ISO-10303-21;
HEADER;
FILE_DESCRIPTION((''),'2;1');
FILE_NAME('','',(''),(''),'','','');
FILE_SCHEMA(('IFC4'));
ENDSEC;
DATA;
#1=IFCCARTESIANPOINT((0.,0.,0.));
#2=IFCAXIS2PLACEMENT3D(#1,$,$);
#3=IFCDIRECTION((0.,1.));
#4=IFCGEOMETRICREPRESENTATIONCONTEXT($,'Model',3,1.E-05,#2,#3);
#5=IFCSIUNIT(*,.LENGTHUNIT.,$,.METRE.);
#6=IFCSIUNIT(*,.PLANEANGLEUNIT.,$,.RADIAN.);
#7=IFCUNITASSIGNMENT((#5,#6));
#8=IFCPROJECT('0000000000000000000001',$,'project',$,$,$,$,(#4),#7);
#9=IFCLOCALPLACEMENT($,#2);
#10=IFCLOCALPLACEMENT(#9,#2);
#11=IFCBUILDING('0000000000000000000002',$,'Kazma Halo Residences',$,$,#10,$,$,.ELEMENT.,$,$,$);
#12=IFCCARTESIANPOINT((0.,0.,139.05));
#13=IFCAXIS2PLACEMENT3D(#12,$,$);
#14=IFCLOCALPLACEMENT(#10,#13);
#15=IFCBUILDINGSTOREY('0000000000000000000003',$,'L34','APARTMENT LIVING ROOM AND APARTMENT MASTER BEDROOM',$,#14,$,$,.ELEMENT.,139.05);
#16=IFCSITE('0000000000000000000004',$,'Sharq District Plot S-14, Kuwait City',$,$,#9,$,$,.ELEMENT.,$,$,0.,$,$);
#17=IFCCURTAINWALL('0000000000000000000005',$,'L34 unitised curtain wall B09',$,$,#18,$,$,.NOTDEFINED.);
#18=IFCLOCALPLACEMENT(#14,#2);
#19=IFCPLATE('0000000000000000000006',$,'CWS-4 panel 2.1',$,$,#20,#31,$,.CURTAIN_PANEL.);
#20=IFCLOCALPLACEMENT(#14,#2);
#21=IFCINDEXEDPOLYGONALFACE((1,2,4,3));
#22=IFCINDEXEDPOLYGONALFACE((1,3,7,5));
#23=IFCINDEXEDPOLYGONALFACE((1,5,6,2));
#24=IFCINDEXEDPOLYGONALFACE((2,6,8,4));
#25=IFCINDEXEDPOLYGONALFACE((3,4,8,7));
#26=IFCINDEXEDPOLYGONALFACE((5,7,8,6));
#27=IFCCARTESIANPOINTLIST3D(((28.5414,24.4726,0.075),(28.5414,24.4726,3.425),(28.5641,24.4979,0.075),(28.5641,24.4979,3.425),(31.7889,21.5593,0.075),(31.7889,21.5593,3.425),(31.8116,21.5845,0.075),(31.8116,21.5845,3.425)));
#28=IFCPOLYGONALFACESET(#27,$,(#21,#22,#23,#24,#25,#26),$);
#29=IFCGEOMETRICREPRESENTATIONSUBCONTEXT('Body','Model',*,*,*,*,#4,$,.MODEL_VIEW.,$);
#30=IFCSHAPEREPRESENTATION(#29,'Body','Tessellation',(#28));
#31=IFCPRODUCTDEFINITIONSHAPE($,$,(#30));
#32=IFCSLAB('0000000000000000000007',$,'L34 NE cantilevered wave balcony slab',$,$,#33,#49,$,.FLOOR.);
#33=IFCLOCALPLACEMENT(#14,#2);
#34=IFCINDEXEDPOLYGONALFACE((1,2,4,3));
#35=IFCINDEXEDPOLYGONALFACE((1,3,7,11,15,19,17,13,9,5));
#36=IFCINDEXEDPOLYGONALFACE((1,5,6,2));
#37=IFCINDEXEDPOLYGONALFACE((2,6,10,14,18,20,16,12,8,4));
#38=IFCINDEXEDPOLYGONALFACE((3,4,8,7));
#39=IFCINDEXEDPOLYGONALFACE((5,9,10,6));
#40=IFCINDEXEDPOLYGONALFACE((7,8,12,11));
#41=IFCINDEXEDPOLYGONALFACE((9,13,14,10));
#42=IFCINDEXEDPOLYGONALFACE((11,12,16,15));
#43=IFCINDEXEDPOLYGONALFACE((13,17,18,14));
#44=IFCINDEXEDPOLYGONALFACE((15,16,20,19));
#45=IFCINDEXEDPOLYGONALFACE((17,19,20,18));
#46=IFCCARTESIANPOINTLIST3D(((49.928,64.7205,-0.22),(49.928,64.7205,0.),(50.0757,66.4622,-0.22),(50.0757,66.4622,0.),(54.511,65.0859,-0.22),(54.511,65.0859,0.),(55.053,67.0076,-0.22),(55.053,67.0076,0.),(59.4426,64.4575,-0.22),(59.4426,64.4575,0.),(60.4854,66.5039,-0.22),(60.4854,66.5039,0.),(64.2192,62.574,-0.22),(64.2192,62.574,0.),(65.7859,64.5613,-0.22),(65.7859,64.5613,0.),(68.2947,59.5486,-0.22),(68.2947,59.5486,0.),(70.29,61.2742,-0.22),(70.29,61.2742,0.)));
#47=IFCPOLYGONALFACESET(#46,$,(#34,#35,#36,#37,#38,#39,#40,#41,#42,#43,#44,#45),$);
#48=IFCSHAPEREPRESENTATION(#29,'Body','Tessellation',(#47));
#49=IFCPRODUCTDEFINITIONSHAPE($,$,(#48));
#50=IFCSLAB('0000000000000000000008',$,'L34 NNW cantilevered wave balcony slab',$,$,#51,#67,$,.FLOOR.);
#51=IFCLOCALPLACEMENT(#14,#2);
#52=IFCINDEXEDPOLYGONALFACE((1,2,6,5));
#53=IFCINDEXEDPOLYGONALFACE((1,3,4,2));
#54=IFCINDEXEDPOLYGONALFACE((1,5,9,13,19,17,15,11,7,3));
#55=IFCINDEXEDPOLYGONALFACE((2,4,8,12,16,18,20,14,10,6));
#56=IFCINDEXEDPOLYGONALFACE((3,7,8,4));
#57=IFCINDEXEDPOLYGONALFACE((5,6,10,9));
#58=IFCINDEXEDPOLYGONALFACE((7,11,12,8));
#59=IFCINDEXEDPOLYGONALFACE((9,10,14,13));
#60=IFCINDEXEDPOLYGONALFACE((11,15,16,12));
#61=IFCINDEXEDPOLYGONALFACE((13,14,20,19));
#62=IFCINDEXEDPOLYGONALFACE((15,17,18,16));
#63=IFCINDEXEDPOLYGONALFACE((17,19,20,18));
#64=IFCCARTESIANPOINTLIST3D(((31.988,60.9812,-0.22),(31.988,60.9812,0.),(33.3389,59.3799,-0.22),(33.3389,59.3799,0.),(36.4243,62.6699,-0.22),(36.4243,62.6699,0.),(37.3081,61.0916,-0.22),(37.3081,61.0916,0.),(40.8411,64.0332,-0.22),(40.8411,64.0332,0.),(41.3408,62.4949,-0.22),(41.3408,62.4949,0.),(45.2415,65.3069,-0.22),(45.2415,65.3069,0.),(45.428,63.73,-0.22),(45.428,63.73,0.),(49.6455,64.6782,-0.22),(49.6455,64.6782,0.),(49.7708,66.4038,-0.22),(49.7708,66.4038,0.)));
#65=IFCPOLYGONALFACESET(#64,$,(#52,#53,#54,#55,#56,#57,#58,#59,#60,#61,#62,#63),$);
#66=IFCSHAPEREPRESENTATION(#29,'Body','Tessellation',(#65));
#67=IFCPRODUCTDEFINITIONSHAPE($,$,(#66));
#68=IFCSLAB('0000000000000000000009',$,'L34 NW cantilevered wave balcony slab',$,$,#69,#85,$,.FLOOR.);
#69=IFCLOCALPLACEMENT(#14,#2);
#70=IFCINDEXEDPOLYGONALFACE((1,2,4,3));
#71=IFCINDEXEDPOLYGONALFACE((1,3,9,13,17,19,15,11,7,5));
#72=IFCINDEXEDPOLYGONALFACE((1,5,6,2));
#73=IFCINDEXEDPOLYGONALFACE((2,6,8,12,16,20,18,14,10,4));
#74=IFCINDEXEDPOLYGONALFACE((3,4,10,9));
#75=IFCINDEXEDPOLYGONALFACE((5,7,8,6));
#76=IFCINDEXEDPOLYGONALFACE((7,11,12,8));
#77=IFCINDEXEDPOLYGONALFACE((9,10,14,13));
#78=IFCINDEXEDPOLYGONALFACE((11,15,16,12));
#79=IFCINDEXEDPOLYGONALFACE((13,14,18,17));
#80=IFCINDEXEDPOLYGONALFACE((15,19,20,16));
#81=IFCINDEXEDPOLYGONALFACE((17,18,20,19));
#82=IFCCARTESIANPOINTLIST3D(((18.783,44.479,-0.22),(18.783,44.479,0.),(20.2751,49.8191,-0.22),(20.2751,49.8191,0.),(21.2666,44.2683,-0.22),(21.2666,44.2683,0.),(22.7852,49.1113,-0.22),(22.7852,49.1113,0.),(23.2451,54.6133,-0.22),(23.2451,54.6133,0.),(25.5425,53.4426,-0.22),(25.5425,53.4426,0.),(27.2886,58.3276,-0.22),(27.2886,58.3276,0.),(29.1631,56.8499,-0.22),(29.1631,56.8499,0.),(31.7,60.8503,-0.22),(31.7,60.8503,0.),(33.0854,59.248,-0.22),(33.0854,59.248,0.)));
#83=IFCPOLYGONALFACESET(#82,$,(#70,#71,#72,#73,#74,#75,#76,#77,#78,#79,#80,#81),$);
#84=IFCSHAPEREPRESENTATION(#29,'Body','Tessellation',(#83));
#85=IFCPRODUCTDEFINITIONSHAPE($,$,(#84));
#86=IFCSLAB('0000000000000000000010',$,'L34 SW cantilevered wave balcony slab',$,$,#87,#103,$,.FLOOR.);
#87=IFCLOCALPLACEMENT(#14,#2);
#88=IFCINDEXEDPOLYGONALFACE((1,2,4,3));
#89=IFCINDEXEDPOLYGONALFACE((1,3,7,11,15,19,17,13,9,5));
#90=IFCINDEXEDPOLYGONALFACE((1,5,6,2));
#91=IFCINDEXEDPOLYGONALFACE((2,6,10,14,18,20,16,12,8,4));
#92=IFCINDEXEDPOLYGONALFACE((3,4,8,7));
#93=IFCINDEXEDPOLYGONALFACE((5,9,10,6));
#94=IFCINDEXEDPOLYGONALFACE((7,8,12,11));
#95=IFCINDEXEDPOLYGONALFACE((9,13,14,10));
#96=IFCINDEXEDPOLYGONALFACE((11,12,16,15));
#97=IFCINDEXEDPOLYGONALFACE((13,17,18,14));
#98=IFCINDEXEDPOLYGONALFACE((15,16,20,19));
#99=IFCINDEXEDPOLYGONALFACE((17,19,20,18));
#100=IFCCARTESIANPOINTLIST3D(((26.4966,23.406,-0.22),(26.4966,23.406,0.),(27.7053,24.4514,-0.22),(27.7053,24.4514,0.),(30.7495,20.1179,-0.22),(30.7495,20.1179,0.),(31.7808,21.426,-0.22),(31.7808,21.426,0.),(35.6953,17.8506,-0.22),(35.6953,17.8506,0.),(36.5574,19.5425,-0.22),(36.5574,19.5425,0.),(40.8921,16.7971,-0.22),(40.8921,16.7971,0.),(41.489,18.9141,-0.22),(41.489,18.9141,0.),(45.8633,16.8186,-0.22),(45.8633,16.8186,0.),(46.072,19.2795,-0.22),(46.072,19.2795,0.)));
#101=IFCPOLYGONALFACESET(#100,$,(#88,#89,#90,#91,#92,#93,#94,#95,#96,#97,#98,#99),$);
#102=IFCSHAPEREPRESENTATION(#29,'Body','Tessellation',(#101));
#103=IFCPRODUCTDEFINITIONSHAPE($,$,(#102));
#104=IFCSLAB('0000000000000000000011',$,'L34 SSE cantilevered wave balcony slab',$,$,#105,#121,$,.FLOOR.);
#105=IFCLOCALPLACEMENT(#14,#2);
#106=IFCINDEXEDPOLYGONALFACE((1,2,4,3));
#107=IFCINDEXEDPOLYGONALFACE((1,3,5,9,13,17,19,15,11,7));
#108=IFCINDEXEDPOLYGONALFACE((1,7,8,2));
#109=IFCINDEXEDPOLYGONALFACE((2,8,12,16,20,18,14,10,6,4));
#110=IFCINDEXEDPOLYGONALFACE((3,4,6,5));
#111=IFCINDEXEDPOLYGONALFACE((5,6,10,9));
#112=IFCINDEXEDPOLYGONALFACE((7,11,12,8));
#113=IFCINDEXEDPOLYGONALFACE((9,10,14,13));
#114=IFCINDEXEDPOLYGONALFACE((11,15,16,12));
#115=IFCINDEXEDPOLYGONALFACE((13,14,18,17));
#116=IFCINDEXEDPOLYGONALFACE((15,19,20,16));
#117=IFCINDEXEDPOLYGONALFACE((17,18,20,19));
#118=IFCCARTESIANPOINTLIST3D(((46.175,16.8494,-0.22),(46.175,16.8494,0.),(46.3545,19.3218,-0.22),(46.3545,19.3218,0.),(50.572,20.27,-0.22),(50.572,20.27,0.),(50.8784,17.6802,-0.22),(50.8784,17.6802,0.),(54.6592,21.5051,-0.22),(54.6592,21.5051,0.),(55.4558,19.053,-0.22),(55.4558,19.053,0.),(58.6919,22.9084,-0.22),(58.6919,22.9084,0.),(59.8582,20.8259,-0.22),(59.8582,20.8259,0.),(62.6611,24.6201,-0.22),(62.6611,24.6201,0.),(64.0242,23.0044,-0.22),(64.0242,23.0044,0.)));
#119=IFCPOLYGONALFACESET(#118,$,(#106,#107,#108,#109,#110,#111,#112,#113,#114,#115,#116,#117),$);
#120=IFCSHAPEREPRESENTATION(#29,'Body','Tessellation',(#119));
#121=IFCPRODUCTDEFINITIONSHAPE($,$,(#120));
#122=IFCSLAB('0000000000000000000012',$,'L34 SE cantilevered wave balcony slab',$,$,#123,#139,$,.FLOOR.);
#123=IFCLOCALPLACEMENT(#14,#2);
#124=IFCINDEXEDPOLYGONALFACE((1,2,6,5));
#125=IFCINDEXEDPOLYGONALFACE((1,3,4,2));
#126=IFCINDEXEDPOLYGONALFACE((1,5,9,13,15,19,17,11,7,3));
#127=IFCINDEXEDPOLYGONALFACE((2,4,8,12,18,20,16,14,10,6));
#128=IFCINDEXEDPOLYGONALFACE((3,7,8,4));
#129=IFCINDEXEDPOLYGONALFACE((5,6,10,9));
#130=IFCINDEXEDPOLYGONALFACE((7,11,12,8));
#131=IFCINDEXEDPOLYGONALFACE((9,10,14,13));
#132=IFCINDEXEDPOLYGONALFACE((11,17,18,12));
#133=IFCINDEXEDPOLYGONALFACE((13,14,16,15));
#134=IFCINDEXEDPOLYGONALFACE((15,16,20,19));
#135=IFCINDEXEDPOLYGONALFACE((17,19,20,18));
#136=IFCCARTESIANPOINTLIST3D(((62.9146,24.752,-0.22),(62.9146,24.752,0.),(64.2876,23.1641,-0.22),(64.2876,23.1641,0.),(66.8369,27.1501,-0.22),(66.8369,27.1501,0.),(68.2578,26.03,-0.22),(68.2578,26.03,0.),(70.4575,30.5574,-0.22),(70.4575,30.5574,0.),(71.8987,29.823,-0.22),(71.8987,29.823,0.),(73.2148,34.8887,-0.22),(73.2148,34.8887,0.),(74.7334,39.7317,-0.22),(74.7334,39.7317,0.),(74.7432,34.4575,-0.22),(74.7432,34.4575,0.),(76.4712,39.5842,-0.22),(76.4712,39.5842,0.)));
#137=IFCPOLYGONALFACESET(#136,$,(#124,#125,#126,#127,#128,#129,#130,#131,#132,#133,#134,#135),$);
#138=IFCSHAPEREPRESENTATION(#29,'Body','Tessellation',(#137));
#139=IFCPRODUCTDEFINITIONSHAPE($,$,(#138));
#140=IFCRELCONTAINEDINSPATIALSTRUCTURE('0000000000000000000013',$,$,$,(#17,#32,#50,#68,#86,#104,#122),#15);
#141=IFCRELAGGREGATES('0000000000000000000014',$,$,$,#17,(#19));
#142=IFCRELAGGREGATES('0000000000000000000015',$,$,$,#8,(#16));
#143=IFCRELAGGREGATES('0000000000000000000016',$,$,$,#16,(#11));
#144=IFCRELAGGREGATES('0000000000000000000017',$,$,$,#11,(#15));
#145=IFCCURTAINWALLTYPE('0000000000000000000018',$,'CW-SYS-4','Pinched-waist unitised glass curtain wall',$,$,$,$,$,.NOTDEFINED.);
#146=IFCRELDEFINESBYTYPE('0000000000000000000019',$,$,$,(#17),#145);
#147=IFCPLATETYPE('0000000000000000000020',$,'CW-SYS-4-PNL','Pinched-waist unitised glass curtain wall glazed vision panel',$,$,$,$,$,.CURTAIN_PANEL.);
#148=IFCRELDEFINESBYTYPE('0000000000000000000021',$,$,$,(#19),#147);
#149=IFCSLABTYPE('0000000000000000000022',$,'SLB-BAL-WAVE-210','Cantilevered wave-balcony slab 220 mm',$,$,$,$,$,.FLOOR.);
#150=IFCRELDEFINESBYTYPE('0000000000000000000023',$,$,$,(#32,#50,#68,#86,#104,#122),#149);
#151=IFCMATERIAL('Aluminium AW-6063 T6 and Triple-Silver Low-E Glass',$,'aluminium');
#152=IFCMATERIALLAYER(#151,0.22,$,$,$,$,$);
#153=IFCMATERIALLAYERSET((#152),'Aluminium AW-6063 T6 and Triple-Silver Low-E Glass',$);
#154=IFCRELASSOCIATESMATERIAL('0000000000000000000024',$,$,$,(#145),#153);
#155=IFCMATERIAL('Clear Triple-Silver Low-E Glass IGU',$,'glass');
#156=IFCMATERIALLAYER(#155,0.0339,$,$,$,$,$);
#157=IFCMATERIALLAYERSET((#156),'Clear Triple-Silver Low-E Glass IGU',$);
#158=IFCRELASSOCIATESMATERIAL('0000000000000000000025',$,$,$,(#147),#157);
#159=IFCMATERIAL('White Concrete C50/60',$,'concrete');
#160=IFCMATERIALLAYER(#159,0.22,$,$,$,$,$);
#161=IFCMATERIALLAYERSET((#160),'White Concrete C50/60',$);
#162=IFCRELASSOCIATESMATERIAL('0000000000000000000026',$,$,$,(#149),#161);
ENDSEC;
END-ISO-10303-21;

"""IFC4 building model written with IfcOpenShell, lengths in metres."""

from ifc_helpers import new_model, si_unit, direction, frame, origin, origin_2d, place, context, subcontext, project, spatial, polyline, rectangle, outline, extrude, material, layer, layer_set, type_object, element, aggregate, save


model = new_model("IFC4")

# Units and contexts
model_context = context("Model", 3, precision=1e-05, world=origin(), true_north=direction((0.0, 1.0)))
body_context = subcontext(model_context, "Body", "Model", "MODEL_VIEW")
ifc_project = project(units=[si_unit("LENGTHUNIT", "METRE"), si_unit("PLANEANGLEUNIT", "RADIAN")], contexts=[model_context])

# Site, building, storey
site_placement = place(None, origin())
site = spatial("IfcSite", under=ifc_project, at=site_placement, Name="Sharq District Plot S-14, Kuwait City", CompositionType="ELEMENT", RefElevation=0.0)
building_placement = place(site_placement, origin())
building = spatial("IfcBuilding", under=site, at=building_placement, Name="Kazma Halo Residences", CompositionType="ELEMENT")
storey_placement = place(building_placement, frame((0.0, 0.0, 139.05)))
storey = spatial("IfcBuildingStorey", under=building, at=storey_placement, Name="L34", Description="APARTMENT LIVING ROOM AND APARTMENT MASTER BEDROOM", CompositionType="ELEMENT", Elevation=139.05)

# Curtain wall, plate
ifc_material_1 = material(Name="Aluminium AW-6063 T6 and Triple-Silver Low-E Glass", Category="aluminium")
ifc_layer_1 = layer(ifc_material_1, 0.22)
ifc_layer_set_1 = layer_set([ifc_layer_1], Name="Aluminium AW-6063 T6 and Triple-Silver Low-E Glass")
curtain_wall_type = type_object("IfcCurtainWallType", Name="CW-SYS-4", Description="Pinched-waist unitised glass curtain wall", PredefinedType="NOTDEFINED", material=ifc_layer_set_1)
curtain_wall_placement = place(storey_placement, origin())
curtain_wall = element("IfcCurtainWall", 1, at=curtain_wall_placement, inside=storey, type_object=curtain_wall_type, Name="L34 unitised curtain wall B09", PredefinedType="NOTDEFINED")
ifc_material_2 = material(Name="Clear Triple-Silver Low-E Glass IGU", Category="glass")
ifc_layer_2 = layer(ifc_material_2, 0.0339)
ifc_layer_set_2 = layer_set([ifc_layer_2], Name="Clear Triple-Silver Low-E Glass IGU")
plate_type = type_object("IfcPlateType", Name="CW-SYS-4-PNL", Description="Pinched-waist unitised glass curtain wall glazed vision panel", PredefinedType="CURTAIN_PANEL", material=ifc_layer_set_2)
plate_1_placement = place(storey_placement, frame((30.1765, 23.0286, 0.075), z_axis=(0.0, 0.0, 1.0), x_axis=(0.744368, -0.66777, 0.0)))
plate_1 = element("IfcPlate", 2, at=plate_1_placement, type_object=plate_type, Name="CWS-4 panel 2.1", PredefinedType="CURTAIN_PANEL", context=body_context, shape_type="SweptSolid", body=[
    extrude(rectangle(XDim=4.3628, YDim=0.0339, at=origin_2d()), origin(), (0.0, 0.0, 1.0), 3.3501),
])
aggregate(curtain_wall, [plate_1])

# Slabs
ifc_material_3 = material(Name="White Concrete C50/60", Category="concrete")
ifc_layer_3 = layer(ifc_material_3, 0.22)
ifc_layer_set_3 = layer_set([ifc_layer_3], Name="White Concrete C50/60")
slab_type_1 = type_object("IfcSlabType", Name="SLB-BAL-WAVE-210", Description="Cantilevered wave-balcony slab 220 mm", PredefinedType="FLOOR", material=ifc_layer_set_3)
slab_1_placement = place(storey_placement, frame((0.0, 0.0, -0.22)))
element("IfcSlab", 3, at=slab_1_placement, inside=storey, type_object=slab_type_1, Name="L34 NE cantilevered wave balcony slab", PredefinedType="FLOOR", context=body_context, shape_type="SweptSolid", body=[
    extrude(outline(polyline([(68.2947, 59.5486), (64.2192, 62.574), (59.4426, 64.4575), (54.511, 65.0859), (49.928, 64.7205), (50.0757, 66.4622), (55.053, 67.0076), (60.4854, 66.5039), (65.7859, 64.5613), (70.29, 61.2742), (68.2947, 59.5486)])), origin(), (0.0, 0.0, 1.0), 0.22),
])
slab_2_placement = place(storey_placement, frame((0.0, 0.0, -0.22)))
element("IfcSlab", 4, at=slab_2_placement, inside=storey, type_object=slab_type_1, Name="L34 NNW cantilevered wave balcony slab", PredefinedType="FLOOR", context=body_context, shape_type="SweptSolid", body=[
    extrude(outline(polyline([(49.6455, 64.6782), (45.428, 63.73), (41.3408, 62.4949), (37.3081, 61.0916), (33.3389, 59.3799), (31.988, 60.9812), (36.4243, 62.6699), (40.8411, 64.0332), (45.2415, 65.3069), (49.7708, 66.4038), (49.6455, 64.6782)])), origin(), (0.0, 0.0, 1.0), 0.22),
])
slab_3_placement = place(storey_placement, frame((0.0, 0.0, -0.22)))
element("IfcSlab", 5, at=slab_3_placement, inside=storey, type_object=slab_type_1, Name="L34 NW cantilevered wave balcony slab", PredefinedType="FLOOR", context=body_context, shape_type="SweptSolid", body=[
    extrude(outline(polyline([(33.0854, 59.248), (29.1631, 56.8499), (25.5425, 53.4426), (22.7852, 49.1113), (21.2666, 44.2683), (18.783, 44.479), (20.2751, 49.8191), (23.2451, 54.6133), (27.2886, 58.3276), (31.7, 60.8503), (33.0854, 59.248)])), origin(), (0.0, 0.0, 1.0), 0.22),
])
slab_4_placement = place(storey_placement, frame((0.0, 0.0, -0.22)))
element("IfcSlab", 6, at=slab_4_placement, inside=storey, type_object=slab_type_1, Name="L34 SW cantilevered wave balcony slab", PredefinedType="FLOOR", context=body_context, shape_type="SweptSolid", body=[
    extrude(outline(polyline([(27.7053, 24.4514), (31.7808, 21.426), (36.5574, 19.5425), (41.489, 18.9141), (46.072, 19.2795), (45.8633, 16.8186), (40.8921, 16.7971), (35.6953, 17.8506), (30.7495, 20.1179), (26.4966, 23.406), (27.7053, 24.4514)])), origin(), (0.0, 0.0, 1.0), 0.22),
])
slab_5_placement = place(storey_placement, frame((0.0, 0.0, -0.22)))
element("IfcSlab", 7, at=slab_5_placement, inside=storey, type_object=slab_type_1, Name="L34 SSE cantilevered wave balcony slab", PredefinedType="FLOOR", context=body_context, shape_type="SweptSolid", body=[
    extrude(outline(polyline([(46.3545, 19.3218), (50.572, 20.27), (54.6592, 21.5051), (58.6919, 22.9084), (62.6611, 24.6201), (64.0242, 23.0044), (59.8582, 20.8259), (55.4558, 19.053), (50.8784, 17.6802), (46.175, 16.8494), (46.3545, 19.3218)])), origin(), (0.0, 0.0, 1.0), 0.22),
])
slab_6_placement = place(storey_placement, frame((0.0, 0.0, -0.22)))
element("IfcSlab", 8, at=slab_6_placement, inside=storey, type_object=slab_type_1, Name="L34 SE cantilevered wave balcony slab", PredefinedType="FLOOR", context=body_context, shape_type="SweptSolid", body=[
    extrude(outline(polyline([(62.9146, 24.752), (66.8369, 27.1501), (70.4575, 30.5574), (73.2148, 34.8887), (74.7334, 39.7317), (76.4712, 39.5842), (74.7432, 34.4575), (71.8987, 29.823), (68.2578, 26.03), (64.2876, 23.1641), (62.9146, 24.752)])), origin(), (0.0, 0.0, 1.0), 0.22),
])

save(model, "model.ifc")
